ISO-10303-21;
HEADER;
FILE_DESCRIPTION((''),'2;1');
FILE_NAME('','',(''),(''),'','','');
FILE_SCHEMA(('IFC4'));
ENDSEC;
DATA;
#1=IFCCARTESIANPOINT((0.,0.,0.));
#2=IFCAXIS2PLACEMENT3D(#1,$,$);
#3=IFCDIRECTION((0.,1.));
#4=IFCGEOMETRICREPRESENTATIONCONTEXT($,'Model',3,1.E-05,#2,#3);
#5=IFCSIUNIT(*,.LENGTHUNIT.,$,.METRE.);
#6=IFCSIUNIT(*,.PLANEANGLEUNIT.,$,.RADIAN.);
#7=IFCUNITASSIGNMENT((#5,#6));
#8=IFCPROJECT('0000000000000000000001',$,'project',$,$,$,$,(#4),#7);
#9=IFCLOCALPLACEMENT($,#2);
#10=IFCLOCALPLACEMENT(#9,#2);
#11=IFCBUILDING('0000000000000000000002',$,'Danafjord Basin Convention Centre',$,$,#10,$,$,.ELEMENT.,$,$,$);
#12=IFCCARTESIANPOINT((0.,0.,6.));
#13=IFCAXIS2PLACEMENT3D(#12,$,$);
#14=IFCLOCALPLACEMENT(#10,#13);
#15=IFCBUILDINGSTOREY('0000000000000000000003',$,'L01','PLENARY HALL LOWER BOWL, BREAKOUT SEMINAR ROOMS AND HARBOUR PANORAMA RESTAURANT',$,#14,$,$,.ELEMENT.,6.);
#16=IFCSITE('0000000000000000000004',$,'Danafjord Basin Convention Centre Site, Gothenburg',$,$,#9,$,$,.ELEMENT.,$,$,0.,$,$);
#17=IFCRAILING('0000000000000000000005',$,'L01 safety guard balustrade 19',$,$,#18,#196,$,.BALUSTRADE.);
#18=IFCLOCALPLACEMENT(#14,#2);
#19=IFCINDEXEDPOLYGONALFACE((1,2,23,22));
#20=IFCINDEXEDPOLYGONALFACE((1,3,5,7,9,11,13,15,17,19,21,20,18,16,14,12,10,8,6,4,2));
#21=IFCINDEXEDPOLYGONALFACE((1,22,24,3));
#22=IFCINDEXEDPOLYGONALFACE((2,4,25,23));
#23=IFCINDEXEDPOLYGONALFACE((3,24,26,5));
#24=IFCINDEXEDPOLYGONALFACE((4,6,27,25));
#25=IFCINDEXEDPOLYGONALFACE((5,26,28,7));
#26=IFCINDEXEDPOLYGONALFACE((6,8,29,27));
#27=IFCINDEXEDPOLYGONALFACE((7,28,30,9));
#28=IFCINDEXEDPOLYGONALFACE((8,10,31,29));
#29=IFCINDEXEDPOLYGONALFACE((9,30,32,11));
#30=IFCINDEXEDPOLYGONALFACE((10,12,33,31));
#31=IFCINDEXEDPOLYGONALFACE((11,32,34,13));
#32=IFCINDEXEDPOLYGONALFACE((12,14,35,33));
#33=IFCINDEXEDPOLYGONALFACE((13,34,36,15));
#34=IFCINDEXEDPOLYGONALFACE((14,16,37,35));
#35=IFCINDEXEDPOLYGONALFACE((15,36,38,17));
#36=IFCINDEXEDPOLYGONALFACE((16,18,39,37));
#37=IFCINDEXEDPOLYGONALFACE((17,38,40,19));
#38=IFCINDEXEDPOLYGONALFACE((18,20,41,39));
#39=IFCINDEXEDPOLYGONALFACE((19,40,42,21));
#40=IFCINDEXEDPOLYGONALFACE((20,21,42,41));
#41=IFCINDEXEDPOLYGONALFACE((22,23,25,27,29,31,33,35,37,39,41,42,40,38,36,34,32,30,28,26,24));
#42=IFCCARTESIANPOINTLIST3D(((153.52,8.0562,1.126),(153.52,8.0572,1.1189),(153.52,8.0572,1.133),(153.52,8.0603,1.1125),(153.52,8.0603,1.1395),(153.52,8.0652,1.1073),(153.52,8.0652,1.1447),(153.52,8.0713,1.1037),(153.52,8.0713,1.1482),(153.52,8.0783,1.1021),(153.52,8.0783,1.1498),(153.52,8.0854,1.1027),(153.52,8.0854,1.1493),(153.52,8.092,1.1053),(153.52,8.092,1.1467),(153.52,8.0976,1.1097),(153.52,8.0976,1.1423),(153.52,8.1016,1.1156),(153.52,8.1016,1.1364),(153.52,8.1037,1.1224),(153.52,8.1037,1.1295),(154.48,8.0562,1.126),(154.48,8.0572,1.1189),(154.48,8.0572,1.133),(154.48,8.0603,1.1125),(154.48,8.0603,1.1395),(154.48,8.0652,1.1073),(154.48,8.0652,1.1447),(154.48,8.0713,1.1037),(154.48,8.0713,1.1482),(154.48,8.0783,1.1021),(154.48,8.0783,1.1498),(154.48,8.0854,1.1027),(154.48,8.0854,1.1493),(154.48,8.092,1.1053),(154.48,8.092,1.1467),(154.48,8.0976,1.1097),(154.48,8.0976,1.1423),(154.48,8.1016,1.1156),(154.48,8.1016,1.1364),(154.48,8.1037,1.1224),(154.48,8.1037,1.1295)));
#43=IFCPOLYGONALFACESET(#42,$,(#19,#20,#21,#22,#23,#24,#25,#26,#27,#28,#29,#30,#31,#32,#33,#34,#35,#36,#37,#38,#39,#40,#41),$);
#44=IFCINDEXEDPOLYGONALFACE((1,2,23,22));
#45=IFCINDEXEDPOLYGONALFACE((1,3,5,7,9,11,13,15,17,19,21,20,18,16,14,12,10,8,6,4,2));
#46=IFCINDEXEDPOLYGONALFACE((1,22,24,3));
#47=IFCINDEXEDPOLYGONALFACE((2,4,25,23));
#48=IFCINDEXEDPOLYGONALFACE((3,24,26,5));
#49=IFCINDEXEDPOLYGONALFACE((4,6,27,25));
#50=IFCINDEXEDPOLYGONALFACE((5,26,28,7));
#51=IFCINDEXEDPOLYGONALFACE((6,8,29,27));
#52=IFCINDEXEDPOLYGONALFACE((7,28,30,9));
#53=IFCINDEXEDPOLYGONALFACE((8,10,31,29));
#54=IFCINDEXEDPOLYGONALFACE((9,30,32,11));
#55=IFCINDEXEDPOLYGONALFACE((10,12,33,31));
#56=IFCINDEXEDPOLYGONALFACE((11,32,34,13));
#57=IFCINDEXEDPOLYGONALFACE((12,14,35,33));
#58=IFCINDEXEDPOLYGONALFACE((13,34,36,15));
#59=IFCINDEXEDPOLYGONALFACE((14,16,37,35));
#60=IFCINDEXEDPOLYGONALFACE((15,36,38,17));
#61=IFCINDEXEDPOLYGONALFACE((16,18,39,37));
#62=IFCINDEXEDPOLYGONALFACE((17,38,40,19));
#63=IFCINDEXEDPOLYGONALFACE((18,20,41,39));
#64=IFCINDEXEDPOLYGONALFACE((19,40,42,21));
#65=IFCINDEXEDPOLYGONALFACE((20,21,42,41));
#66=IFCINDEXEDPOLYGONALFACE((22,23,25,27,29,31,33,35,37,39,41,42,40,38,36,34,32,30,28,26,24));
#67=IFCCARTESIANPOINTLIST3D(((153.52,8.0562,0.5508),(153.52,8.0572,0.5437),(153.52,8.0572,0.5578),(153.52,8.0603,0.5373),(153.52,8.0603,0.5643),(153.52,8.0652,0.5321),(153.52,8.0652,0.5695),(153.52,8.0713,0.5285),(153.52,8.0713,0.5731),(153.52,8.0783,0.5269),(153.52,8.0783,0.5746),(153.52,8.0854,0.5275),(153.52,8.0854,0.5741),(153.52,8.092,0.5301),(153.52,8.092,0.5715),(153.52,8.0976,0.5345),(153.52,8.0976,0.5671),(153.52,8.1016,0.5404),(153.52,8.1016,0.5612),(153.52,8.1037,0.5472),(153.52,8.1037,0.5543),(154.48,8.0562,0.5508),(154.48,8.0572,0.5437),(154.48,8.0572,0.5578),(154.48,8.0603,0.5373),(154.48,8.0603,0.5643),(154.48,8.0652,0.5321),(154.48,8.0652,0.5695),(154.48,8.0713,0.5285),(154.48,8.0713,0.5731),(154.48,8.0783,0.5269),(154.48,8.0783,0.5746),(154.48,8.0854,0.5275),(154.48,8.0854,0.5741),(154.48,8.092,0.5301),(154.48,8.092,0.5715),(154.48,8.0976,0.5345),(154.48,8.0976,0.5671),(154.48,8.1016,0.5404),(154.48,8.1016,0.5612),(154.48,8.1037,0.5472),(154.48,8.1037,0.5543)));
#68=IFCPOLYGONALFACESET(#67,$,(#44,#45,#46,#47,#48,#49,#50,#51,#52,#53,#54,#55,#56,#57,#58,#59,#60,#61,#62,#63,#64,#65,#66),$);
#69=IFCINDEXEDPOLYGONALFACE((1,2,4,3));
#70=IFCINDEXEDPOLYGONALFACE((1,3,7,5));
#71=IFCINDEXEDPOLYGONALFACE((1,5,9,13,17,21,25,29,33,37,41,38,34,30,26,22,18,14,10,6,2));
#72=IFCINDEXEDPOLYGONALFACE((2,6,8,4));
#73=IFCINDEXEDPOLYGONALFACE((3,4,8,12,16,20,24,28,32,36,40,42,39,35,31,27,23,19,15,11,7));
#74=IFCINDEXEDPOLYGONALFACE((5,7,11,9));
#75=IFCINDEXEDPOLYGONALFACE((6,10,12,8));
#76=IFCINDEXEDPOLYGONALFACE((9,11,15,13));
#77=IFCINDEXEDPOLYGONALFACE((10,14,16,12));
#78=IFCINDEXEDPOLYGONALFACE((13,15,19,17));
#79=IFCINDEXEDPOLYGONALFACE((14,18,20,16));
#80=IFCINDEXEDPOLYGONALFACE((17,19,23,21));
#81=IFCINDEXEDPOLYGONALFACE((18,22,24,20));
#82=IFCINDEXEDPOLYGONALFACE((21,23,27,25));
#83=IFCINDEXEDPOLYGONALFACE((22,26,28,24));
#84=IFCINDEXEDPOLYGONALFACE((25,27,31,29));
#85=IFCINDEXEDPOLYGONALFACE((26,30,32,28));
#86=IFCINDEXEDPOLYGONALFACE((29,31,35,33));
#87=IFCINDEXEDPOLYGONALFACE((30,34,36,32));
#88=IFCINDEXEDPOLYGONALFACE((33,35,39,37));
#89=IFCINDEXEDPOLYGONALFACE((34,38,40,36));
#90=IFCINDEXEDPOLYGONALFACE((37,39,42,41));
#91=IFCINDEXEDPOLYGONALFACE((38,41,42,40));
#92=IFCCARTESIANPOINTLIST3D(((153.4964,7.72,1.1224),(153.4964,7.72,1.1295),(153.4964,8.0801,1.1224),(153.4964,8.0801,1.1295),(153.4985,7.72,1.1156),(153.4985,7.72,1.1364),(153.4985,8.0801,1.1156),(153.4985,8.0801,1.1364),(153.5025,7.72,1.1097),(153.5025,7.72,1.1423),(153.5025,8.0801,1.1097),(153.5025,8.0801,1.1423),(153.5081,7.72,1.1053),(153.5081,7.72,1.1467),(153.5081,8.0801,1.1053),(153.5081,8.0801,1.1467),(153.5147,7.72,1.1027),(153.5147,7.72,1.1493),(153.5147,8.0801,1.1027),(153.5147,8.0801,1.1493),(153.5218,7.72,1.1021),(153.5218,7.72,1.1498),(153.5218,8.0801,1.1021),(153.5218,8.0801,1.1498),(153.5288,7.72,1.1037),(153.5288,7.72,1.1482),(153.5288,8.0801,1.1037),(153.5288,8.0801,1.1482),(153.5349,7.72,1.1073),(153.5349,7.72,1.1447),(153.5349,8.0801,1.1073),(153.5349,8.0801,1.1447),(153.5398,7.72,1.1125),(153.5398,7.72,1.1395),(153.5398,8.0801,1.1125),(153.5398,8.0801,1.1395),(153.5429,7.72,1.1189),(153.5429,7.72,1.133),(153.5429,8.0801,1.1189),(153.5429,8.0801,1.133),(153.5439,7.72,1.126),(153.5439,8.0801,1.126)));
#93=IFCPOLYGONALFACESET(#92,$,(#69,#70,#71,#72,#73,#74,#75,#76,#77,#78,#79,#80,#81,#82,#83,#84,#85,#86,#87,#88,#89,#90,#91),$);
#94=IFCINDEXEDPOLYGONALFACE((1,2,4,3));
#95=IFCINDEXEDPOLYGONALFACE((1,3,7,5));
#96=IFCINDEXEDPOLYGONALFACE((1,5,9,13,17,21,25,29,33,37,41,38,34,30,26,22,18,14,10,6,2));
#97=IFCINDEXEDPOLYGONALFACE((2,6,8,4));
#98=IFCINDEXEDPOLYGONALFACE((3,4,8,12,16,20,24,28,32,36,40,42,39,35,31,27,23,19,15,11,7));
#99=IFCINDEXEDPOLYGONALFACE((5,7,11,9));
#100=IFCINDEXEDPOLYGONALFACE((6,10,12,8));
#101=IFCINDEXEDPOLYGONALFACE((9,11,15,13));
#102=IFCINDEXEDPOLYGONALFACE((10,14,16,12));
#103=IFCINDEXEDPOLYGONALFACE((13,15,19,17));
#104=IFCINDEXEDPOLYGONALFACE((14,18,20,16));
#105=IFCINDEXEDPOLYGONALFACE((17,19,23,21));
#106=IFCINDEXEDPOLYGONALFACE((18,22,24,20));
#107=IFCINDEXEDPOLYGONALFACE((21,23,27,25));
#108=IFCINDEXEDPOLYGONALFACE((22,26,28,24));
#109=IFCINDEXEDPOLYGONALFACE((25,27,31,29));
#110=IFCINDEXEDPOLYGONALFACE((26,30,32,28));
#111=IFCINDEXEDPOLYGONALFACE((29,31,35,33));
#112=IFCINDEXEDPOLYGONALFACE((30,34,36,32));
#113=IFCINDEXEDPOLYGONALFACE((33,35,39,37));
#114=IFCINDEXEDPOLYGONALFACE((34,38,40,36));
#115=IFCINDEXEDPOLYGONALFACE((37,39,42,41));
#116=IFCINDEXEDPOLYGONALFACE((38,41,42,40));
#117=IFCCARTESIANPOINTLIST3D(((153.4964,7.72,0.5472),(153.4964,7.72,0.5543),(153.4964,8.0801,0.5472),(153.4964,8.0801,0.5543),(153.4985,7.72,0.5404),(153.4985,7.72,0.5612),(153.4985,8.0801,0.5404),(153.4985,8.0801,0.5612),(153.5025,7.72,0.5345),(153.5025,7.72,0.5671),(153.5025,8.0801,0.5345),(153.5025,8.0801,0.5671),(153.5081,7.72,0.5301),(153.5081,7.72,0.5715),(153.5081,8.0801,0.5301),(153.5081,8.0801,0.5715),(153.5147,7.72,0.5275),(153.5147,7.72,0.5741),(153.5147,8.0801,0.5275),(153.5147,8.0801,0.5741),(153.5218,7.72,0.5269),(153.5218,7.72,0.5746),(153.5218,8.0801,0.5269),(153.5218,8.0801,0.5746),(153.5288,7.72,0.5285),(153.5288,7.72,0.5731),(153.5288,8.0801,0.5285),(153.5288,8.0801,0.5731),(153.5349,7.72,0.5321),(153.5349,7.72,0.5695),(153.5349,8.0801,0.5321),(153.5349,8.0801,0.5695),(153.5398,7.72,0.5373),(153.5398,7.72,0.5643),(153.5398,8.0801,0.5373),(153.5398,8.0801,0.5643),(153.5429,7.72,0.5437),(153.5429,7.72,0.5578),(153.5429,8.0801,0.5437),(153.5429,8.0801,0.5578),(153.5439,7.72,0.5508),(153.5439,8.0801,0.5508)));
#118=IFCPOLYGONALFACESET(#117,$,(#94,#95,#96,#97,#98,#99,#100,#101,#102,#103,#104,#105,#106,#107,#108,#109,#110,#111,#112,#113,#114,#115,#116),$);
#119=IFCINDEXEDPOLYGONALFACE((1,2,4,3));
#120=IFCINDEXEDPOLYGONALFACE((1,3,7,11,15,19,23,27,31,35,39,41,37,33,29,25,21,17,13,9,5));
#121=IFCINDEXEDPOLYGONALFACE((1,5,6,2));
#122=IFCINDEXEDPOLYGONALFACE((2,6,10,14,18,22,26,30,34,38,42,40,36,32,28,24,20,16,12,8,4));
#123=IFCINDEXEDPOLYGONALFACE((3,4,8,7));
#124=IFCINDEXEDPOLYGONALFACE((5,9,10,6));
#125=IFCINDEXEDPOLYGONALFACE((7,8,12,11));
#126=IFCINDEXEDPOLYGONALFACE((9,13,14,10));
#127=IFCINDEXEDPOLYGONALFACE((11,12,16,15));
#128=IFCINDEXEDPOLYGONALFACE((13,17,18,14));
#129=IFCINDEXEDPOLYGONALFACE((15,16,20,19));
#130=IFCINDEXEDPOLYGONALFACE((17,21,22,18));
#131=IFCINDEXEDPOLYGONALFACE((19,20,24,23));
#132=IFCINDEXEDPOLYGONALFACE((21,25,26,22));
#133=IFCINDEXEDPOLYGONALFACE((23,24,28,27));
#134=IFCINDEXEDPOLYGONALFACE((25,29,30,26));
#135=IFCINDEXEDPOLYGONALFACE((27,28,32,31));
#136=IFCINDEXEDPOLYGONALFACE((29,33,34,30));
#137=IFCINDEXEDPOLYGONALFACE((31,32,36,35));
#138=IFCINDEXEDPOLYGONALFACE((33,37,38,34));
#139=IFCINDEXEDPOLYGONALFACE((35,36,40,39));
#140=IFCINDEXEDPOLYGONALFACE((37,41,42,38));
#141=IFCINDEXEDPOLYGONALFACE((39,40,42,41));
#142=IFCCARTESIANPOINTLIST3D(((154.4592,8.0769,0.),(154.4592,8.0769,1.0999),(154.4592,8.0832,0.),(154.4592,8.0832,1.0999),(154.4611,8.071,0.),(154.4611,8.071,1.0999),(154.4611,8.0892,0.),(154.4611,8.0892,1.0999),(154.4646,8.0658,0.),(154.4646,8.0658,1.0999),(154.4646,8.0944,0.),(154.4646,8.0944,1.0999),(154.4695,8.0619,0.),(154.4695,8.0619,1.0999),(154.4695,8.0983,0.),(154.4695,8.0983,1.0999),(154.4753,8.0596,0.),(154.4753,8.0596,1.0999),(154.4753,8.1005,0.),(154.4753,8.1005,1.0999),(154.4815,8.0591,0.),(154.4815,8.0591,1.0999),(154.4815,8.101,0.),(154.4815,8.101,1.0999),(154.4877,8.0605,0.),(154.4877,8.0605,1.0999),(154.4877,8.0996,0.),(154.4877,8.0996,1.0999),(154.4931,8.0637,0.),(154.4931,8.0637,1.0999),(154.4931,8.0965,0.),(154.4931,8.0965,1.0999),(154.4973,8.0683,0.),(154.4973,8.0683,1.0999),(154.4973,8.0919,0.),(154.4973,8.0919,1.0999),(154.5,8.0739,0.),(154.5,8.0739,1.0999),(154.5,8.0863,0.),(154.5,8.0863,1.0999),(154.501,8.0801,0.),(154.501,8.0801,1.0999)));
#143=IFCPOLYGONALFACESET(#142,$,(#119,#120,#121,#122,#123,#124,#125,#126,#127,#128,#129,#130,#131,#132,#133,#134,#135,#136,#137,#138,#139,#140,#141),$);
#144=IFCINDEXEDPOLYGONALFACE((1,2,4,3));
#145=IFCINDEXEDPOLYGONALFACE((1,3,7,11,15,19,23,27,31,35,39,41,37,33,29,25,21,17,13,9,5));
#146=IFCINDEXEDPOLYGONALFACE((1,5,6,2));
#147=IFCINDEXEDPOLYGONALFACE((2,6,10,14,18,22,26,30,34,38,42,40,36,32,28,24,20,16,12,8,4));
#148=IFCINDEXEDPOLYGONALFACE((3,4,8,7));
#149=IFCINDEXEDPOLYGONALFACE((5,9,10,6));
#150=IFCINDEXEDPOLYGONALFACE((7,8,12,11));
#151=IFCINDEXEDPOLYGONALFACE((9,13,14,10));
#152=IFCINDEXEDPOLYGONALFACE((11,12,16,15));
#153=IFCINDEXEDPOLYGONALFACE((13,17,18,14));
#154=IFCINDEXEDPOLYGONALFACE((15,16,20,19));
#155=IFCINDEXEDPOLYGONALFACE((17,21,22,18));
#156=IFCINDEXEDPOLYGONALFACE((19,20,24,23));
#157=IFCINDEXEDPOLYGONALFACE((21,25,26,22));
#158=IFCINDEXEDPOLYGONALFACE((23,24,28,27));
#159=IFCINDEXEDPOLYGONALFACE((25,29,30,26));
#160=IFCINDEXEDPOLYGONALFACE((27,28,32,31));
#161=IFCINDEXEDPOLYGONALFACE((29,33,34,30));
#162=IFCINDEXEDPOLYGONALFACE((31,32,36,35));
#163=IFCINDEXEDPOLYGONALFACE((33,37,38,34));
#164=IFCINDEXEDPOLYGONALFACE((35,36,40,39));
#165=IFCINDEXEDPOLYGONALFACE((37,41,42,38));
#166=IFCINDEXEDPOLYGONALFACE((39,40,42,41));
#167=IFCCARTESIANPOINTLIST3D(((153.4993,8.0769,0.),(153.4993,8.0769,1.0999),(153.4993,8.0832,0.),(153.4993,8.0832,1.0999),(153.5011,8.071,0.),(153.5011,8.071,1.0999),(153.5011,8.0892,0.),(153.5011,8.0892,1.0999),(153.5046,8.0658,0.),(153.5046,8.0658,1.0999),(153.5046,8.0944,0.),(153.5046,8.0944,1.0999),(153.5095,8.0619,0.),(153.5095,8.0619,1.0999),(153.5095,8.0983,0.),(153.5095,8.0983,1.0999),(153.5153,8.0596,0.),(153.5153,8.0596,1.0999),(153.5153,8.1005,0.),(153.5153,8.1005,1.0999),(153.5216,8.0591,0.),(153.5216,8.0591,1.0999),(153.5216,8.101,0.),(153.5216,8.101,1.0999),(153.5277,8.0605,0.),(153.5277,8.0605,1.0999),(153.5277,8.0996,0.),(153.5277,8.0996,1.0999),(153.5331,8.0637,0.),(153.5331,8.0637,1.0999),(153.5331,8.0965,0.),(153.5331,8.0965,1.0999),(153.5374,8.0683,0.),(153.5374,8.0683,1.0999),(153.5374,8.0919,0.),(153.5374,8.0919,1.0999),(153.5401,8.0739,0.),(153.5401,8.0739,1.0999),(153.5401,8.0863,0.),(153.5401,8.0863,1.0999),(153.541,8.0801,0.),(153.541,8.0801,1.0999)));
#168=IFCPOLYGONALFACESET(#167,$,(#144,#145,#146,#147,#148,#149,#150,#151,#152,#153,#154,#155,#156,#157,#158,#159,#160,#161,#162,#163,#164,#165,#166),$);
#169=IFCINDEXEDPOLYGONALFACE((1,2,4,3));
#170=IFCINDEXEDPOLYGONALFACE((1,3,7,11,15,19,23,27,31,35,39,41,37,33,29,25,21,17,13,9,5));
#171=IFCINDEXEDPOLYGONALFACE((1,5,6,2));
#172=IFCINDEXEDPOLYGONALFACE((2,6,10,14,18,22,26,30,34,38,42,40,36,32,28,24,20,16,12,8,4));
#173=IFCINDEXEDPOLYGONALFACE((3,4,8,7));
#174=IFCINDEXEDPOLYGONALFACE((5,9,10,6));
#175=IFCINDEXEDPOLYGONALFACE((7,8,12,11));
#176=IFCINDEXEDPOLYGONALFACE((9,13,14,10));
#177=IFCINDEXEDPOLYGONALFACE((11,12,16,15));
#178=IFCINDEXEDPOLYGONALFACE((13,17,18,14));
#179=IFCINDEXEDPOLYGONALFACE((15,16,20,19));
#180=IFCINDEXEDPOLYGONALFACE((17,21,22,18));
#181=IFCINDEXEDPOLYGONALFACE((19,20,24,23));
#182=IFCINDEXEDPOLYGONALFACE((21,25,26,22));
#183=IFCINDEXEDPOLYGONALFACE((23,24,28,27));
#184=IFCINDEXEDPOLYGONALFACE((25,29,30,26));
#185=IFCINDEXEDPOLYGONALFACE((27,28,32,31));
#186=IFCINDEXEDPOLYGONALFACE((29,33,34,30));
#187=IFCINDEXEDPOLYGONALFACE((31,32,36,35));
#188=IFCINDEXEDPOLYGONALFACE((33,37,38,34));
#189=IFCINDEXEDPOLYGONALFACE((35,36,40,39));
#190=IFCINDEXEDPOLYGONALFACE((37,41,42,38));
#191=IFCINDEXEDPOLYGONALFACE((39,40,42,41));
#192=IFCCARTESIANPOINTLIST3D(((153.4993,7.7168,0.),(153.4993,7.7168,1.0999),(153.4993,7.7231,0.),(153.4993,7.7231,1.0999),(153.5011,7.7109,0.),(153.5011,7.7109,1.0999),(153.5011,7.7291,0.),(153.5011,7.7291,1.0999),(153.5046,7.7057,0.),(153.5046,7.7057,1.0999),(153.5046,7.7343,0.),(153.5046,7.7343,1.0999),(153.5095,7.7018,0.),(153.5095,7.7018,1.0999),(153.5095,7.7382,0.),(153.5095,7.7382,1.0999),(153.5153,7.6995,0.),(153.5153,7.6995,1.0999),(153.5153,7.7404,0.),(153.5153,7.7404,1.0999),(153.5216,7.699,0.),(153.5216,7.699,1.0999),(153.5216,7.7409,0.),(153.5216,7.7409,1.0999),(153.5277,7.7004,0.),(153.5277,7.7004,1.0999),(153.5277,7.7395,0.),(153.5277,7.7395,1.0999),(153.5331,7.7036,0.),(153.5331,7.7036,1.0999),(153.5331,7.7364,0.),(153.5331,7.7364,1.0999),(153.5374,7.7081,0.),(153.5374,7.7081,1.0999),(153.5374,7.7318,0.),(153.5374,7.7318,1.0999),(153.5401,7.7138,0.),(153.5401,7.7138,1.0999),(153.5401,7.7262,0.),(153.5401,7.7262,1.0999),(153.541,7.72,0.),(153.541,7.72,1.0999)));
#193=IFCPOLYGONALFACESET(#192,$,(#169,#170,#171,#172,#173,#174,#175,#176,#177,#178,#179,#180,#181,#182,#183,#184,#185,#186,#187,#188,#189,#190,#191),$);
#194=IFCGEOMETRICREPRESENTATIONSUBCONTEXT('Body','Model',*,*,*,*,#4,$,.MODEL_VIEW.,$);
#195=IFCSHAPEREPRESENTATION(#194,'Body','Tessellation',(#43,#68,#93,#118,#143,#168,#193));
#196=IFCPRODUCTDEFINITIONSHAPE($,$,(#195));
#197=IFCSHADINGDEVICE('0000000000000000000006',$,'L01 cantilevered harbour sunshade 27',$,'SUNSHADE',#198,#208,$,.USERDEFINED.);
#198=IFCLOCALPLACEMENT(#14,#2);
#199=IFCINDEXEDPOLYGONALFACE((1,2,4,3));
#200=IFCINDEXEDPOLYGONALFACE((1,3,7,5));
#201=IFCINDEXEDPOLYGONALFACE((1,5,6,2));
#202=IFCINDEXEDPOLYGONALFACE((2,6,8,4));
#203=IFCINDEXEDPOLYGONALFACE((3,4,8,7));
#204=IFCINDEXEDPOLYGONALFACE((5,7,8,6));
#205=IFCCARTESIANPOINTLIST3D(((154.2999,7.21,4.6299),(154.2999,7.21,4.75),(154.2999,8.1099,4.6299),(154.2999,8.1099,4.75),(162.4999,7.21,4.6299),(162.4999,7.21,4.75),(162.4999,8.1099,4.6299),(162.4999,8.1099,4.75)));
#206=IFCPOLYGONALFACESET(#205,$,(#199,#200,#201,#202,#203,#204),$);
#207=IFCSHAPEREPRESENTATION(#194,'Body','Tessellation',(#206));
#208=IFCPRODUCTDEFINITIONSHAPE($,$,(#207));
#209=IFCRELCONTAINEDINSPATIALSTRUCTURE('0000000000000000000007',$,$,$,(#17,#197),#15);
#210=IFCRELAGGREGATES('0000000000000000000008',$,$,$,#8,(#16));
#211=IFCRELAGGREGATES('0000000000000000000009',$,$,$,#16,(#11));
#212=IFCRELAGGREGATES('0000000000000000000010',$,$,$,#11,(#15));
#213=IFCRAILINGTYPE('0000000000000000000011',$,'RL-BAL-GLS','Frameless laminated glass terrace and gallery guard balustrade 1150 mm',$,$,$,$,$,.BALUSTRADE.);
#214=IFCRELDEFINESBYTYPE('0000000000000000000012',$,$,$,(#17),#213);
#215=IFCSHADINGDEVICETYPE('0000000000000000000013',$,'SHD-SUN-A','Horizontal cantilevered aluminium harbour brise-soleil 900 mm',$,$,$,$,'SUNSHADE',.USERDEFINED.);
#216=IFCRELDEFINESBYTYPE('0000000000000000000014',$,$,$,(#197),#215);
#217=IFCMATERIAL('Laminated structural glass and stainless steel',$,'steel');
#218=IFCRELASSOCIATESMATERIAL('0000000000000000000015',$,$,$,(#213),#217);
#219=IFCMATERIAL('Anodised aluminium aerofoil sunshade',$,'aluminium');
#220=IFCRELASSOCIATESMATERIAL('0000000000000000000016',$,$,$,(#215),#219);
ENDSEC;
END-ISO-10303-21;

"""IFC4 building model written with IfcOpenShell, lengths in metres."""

from ifc_helpers import new_model, si_unit, direction, frame, origin, origin_2d, place, context, subcontext, project, spatial, rectangle, circle, extrude, material, type_object, element, save


model = new_model("IFC4")

# Units and contexts
model_context = context("Model", 3, precision=1e-05, world=origin(), true_north=direction((0.0, 1.0)))
body_context = subcontext(model_context, "Body", "Model", "MODEL_VIEW")
ifc_project = project(units=[si_unit("LENGTHUNIT", "METRE"), si_unit("PLANEANGLEUNIT", "RADIAN")], contexts=[model_context])

# Site, building, storey
site_placement = place(None, origin())
site = spatial("IfcSite", under=ifc_project, at=site_placement, Name="Danafjord Basin Convention Centre Site, Gothenburg", CompositionType="ELEMENT", RefElevation=0.0)
building_placement = place(site_placement, origin())
building = spatial("IfcBuilding", under=site, at=building_placement, Name="Danafjord Basin Convention Centre", CompositionType="ELEMENT")
storey_placement = place(building_placement, frame((0.0, 0.0, 6.0)))
storey = spatial("IfcBuildingStorey", under=building, at=storey_placement, Name="L01", Description="PLENARY HALL LOWER BOWL, BREAKOUT SEMINAR ROOMS AND HARBOUR PANORAMA RESTAURANT", CompositionType="ELEMENT", Elevation=6.0)

# Railing
ifc_material_1 = material(Name="Laminated structural glass and stainless steel", Category="steel")
railing_type = type_object("IfcRailingType", Name="RL-BAL-GLS", Description="Frameless laminated glass terrace and gallery guard balustrade 1150 mm", PredefinedType="BALUSTRADE", material=ifc_material_1)
railing_1_placement = place(storey_placement, frame((154.48, 8.0801, 0.0)))
element("IfcRailing", 1, at=railing_1_placement, inside=storey, type_object=railing_type, Name="L01 safety guard balustrade 19", PredefinedType="BALUSTRADE", context=body_context, shape_type="SweptSolid", body=[
    extrude(circle(Radius=0.0239, at=origin_2d()), frame((0.0, 0.0, 1.126), z_axis=(-1.0, 0.0, 0.0), x_axis=(0.0, -1.0, 0.0)), (0.0, 0.0, 1.0), 0.96),
    extrude(circle(Radius=0.0239, at=origin_2d()), frame((0.0, 0.0, 0.5508), z_axis=(-1.0, 0.0, 0.0), x_axis=(0.0, -1.0, 0.0)), (0.0, 0.0, 1.0), 0.96),
    extrude(circle(Radius=0.0239, at=origin_2d()), frame((-0.96, 0.0, 1.126), z_axis=(0.0, -1.0, 0.0), x_axis=(1.0, 0.0, 0.0)), (0.0, 0.0, 1.0), 0.3601),
    extrude(circle(Radius=0.0239, at=origin_2d()), frame((-0.96, 0.0, 0.5508), z_axis=(0.0, -1.0, 0.0), x_axis=(1.0, 0.0, 0.0)), (0.0, 0.0, 1.0), 0.3601),
    extrude(circle(Radius=0.021, at=origin_2d()), origin(), (0.0, 0.0, 1.0), 1.0999),
    extrude(circle(Radius=0.021, at=origin_2d()), frame((-0.96, 0.0, 0.0)), (0.0, 0.0, 1.0), 1.0999),
    extrude(circle(Radius=0.021, at=origin_2d()), frame((-0.96, -0.3601, 0.0)), (0.0, 0.0, 1.0), 1.0999),
])

# Shading device
ifc_material_2 = material(Name="Anodised aluminium aerofoil sunshade", Category="aluminium")
shading_device_type = type_object("IfcShadingDeviceType", Name="SHD-SUN-A", Description="Horizontal cantilevered aluminium harbour brise-soleil 900 mm", ElementType="SUNSHADE", PredefinedType="USERDEFINED", material=ifc_material_2)
shading_device_placement = place(storey_placement, frame((158.3999, 7.6599, 4.6299), z_axis=(0.0, 0.0, 1.0), x_axis=(1.0, 0.0, 0.0)))
element("IfcShadingDevice", 2, at=shading_device_placement, inside=storey, type_object=shading_device_type, Name="L01 cantilevered harbour sunshade 27", ObjectType="SUNSHADE", PredefinedType="USERDEFINED", context=body_context, shape_type="SweptSolid", body=[
    extrude(rectangle(XDim=8.2, YDim=0.8999, at=origin_2d()), origin(), (0.0, 0.0, 1.0), 0.1201),
])

save(model, "model.ifc")
